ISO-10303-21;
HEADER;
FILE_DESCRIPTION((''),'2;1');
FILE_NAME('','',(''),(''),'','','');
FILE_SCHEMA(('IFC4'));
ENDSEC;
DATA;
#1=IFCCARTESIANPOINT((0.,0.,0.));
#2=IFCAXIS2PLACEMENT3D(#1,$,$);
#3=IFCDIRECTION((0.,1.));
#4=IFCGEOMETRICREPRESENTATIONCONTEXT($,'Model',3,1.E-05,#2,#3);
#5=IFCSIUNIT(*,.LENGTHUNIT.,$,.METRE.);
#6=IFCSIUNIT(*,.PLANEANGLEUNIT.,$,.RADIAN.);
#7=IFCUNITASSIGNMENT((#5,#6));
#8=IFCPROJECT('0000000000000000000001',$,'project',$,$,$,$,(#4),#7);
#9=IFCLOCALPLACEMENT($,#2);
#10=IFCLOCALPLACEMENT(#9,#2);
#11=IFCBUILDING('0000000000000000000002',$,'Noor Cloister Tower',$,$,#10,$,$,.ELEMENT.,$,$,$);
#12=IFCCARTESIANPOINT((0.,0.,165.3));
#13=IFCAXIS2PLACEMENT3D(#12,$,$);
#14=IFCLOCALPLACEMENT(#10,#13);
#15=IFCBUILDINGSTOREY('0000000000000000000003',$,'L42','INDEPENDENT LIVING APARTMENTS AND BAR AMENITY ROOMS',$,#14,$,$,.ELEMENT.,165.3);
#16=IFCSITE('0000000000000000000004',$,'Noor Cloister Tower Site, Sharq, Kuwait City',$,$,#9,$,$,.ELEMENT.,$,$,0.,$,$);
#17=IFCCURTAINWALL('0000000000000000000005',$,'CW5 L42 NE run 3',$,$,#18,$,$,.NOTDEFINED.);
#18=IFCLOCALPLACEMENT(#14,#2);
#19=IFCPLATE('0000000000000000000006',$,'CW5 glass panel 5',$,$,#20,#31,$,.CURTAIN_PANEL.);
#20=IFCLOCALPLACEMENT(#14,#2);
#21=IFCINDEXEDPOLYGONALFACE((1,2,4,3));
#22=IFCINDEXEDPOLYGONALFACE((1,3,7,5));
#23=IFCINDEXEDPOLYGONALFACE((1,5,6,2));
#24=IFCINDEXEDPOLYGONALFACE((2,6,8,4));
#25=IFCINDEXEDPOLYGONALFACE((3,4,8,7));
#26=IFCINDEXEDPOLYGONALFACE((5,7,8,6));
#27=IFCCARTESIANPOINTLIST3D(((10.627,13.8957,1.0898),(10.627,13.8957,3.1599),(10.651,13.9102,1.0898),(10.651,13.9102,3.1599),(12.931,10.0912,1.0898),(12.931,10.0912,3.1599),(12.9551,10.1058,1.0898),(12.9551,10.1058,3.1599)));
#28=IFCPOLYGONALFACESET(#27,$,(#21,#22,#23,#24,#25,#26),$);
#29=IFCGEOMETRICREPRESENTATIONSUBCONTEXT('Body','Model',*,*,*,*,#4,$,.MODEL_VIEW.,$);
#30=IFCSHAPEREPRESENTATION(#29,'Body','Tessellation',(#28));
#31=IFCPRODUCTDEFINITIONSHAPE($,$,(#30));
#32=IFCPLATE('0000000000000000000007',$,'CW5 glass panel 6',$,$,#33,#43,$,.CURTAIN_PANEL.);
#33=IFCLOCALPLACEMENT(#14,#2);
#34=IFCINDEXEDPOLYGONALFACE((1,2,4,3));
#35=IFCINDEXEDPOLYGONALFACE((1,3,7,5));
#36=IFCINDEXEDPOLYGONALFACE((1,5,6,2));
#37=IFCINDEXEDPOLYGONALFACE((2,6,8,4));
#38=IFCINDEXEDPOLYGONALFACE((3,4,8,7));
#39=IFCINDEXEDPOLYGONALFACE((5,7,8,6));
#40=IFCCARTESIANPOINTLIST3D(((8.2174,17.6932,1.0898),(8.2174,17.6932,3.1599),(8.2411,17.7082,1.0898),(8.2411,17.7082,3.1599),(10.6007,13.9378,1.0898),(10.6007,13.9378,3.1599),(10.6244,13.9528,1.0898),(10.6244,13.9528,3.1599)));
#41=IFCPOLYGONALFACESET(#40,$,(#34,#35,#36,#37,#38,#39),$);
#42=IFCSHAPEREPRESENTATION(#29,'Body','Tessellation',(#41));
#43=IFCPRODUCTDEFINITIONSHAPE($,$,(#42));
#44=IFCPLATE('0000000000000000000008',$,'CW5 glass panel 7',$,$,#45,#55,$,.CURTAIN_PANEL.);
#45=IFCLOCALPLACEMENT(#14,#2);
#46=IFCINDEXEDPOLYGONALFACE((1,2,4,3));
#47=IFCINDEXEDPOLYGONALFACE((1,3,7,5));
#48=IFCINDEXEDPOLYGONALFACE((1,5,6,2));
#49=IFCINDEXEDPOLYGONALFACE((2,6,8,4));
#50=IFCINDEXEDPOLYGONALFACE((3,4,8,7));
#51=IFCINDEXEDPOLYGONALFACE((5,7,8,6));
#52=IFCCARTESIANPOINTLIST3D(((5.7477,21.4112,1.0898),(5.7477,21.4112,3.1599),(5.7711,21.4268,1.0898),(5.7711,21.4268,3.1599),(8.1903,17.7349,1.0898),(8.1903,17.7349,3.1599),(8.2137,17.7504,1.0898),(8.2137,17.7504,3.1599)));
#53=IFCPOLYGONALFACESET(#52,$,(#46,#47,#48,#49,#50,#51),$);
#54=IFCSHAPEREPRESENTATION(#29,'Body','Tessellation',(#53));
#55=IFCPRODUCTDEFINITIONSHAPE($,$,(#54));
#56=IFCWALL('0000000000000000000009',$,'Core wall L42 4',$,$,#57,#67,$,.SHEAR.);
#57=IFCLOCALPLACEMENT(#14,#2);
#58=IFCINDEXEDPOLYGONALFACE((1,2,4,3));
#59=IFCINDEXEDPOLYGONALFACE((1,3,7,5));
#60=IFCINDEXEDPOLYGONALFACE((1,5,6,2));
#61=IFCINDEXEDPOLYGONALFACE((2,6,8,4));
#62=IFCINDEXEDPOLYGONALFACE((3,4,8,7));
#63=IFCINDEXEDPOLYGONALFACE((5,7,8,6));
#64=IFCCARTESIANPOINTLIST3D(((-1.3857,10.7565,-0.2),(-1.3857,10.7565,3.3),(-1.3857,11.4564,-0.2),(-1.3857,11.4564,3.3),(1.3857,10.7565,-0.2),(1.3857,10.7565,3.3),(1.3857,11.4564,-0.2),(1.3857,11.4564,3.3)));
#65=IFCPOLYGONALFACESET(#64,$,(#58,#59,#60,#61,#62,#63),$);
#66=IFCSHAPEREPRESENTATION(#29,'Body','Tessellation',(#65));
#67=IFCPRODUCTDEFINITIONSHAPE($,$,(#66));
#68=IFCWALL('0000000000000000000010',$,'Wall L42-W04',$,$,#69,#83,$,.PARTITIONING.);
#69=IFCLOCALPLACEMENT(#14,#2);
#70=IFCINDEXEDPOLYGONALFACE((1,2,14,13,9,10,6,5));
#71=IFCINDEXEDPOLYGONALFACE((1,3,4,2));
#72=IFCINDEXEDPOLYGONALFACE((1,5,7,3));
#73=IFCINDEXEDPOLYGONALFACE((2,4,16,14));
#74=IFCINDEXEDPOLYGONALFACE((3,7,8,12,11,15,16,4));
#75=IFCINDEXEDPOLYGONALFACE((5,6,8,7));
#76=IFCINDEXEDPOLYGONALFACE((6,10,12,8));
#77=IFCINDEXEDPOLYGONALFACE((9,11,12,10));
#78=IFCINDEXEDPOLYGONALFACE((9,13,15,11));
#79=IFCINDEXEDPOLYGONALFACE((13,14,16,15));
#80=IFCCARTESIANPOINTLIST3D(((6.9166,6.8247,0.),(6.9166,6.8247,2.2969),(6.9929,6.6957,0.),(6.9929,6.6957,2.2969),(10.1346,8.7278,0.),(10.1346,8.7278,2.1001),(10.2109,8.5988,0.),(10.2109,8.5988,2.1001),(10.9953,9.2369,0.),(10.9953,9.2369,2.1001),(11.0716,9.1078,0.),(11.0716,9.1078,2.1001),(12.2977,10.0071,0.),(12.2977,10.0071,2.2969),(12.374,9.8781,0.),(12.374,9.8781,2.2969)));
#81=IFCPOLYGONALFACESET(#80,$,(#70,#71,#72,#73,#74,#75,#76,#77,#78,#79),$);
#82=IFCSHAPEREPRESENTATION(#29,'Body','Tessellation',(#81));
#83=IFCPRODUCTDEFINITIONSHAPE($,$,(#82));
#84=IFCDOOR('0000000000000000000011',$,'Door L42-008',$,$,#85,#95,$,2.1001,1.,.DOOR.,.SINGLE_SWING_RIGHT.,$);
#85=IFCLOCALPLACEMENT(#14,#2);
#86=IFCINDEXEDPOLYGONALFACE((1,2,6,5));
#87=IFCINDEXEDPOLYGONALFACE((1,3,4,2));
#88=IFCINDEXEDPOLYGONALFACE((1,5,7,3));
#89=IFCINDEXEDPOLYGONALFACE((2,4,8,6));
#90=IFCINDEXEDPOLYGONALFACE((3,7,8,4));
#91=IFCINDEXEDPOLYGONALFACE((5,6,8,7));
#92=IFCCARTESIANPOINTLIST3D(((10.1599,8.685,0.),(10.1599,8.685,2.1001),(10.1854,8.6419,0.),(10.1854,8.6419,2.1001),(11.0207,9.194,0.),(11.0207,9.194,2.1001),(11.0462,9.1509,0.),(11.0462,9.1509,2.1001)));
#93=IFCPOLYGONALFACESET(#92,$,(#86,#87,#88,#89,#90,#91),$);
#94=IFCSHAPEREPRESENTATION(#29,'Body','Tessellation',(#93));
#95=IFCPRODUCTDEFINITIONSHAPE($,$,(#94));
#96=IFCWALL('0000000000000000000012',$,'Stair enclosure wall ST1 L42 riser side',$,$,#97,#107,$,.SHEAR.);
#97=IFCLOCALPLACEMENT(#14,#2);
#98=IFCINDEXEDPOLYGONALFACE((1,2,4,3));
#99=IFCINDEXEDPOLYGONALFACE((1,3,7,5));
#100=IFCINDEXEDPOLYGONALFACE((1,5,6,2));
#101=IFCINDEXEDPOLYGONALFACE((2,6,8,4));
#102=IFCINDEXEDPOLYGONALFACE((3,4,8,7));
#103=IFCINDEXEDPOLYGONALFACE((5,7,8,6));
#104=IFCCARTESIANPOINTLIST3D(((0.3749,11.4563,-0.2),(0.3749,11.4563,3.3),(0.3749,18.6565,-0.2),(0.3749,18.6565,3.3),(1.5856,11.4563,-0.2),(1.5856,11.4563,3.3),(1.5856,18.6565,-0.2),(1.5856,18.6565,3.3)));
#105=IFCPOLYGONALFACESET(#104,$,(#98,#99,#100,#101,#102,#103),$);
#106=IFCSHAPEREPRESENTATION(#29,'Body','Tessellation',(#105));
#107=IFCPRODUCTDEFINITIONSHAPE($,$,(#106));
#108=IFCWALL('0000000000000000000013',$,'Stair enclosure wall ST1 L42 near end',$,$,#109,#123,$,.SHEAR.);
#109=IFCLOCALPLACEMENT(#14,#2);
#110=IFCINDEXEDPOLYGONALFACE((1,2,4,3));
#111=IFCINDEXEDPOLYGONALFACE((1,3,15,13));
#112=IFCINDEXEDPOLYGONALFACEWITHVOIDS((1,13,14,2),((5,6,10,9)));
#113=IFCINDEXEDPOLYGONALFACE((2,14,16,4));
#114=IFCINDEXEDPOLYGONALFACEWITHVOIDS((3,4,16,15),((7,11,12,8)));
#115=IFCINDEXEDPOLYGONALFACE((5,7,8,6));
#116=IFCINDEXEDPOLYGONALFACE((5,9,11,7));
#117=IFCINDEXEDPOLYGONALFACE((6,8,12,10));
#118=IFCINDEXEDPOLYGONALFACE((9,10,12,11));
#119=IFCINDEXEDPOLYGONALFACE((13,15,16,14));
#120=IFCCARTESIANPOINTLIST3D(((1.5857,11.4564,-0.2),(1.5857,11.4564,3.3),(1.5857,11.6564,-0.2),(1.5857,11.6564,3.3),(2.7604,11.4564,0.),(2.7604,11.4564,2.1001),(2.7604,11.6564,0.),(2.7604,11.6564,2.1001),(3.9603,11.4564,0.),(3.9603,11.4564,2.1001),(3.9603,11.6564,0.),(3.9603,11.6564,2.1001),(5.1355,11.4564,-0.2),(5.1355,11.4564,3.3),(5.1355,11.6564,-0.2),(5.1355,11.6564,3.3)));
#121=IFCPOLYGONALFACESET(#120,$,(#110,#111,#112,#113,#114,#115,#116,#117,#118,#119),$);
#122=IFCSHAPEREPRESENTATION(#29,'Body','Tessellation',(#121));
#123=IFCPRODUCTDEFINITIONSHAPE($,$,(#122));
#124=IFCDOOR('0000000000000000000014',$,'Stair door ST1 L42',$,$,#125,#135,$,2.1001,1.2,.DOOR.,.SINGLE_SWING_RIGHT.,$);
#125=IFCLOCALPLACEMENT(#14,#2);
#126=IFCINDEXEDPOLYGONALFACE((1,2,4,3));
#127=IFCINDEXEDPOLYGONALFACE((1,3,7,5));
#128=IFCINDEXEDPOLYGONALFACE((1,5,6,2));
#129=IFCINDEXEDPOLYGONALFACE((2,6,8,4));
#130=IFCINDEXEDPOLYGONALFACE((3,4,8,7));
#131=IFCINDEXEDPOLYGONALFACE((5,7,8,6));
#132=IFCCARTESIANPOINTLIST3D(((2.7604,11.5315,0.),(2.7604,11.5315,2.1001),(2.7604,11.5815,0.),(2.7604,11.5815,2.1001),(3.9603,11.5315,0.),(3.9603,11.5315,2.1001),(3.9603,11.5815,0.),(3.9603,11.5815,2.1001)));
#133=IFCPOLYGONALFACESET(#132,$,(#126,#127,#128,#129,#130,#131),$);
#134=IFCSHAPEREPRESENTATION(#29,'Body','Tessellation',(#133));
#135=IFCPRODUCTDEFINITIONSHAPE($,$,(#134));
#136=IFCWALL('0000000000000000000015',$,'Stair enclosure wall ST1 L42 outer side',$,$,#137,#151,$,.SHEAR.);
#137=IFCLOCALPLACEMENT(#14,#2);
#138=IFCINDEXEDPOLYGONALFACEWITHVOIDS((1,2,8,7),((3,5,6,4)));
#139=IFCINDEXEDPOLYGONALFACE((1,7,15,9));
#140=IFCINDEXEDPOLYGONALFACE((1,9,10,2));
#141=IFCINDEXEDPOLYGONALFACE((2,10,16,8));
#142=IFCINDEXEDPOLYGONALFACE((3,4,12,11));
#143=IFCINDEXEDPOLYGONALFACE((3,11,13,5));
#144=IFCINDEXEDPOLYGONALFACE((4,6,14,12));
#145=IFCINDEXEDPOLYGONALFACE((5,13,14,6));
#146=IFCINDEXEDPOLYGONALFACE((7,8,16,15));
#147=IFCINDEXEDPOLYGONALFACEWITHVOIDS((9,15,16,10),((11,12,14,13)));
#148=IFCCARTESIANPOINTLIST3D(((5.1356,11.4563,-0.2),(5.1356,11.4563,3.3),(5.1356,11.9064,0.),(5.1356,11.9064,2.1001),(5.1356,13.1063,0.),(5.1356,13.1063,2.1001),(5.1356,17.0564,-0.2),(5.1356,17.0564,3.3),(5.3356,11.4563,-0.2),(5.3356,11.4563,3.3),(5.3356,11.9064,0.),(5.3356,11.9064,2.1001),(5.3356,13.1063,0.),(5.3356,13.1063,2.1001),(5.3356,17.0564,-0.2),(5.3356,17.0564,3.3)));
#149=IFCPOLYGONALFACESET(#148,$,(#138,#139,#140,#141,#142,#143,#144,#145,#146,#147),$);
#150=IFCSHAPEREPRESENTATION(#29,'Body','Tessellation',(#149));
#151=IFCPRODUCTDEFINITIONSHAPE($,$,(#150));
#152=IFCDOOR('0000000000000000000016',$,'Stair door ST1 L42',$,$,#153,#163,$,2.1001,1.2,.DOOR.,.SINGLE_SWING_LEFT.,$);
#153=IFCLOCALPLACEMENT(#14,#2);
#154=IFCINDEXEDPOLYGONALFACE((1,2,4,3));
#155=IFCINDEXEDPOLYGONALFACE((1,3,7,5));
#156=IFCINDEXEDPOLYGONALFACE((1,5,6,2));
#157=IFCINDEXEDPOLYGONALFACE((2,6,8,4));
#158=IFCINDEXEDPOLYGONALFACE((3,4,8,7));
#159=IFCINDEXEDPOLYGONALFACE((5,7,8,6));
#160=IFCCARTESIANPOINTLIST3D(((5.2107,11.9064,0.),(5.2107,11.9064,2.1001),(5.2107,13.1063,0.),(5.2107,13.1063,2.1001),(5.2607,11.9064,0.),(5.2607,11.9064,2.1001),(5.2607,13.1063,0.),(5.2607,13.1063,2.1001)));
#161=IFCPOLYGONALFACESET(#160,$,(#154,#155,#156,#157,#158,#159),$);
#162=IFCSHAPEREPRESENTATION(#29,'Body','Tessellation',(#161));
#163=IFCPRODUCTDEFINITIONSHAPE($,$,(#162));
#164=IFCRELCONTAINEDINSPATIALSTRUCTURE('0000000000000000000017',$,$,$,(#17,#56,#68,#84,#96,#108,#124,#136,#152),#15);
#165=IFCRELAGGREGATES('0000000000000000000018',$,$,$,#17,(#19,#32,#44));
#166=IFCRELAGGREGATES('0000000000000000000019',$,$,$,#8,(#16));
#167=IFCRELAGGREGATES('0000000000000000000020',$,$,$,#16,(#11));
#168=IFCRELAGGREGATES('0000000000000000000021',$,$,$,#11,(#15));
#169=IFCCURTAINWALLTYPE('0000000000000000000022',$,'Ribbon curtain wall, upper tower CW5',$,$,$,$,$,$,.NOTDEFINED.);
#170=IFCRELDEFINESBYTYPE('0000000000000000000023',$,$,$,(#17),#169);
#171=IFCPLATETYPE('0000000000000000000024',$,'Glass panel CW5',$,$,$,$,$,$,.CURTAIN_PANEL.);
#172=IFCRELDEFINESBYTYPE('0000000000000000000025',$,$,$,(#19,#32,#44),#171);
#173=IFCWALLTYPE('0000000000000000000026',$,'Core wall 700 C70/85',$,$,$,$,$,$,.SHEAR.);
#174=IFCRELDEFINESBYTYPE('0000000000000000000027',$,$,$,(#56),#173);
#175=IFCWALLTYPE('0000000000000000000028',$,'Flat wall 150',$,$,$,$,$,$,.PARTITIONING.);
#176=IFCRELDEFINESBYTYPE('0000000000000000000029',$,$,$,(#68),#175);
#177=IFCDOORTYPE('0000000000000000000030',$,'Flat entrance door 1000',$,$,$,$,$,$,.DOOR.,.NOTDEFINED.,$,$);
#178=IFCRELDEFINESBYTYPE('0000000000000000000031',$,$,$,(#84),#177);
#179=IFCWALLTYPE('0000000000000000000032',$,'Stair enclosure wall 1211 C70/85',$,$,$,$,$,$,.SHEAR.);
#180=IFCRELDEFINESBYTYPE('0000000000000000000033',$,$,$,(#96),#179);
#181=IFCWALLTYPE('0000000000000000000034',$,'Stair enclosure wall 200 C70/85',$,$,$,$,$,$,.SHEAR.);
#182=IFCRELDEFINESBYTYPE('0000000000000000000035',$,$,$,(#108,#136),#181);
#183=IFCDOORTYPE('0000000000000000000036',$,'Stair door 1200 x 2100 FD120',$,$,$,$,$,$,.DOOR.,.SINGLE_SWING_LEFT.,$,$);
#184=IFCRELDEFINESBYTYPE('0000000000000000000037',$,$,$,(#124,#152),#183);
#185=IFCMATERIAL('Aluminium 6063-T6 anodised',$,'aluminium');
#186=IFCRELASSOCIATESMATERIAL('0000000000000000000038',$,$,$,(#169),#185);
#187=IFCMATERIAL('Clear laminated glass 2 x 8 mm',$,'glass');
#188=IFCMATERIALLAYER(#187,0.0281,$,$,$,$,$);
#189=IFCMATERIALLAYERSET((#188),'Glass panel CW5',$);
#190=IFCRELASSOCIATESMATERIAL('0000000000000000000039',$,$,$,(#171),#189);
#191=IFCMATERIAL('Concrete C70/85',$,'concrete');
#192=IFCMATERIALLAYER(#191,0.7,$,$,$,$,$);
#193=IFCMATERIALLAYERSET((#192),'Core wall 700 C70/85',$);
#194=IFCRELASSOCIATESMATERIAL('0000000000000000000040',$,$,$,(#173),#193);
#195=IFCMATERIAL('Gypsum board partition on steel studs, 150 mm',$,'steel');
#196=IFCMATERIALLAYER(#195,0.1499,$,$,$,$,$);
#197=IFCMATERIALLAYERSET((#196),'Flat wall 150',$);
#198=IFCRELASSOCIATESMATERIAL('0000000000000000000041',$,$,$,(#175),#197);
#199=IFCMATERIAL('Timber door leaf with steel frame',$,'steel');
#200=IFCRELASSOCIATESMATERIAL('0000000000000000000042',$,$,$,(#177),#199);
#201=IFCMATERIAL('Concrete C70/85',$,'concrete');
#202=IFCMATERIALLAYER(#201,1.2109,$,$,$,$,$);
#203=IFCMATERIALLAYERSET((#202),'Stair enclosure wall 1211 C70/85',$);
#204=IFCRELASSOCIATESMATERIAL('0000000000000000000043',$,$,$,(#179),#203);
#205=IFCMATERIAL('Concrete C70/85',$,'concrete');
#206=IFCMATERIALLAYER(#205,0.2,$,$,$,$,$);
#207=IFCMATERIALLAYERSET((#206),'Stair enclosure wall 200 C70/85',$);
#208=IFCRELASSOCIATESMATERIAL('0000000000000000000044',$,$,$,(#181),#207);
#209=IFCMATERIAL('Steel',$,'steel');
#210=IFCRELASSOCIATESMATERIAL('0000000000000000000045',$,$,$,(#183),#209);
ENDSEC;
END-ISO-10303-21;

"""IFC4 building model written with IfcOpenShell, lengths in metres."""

from ifc_helpers import new_model, si_unit, direction, frame, frame_2d, origin, origin_2d, place, context, subcontext, project, spatial, rectangle, extrude, material, layer, layer_set, type_object, element, fill, aggregate, save


model = new_model("IFC4")

# Units and contexts
model_context = context("Model", 3, precision=1e-05, world=origin(), true_north=direction((0.0, 1.0)))
body_context = subcontext(model_context, "Body", "Model", "MODEL_VIEW")
ifc_project = project(units=[si_unit("LENGTHUNIT", "METRE"), si_unit("PLANEANGLEUNIT", "RADIAN")], contexts=[model_context])

# Site, building, storey
site_placement = place(None, origin())
site = spatial("IfcSite", under=ifc_project, at=site_placement, Name="Noor Cloister Tower Site, Sharq, Kuwait City", CompositionType="ELEMENT", RefElevation=0.0)
building_placement = place(site_placement, origin())
building = spatial("IfcBuilding", under=site, at=building_placement, Name="Noor Cloister Tower", CompositionType="ELEMENT")
storey_placement = place(building_placement, frame((0.0, 0.0, 165.3)))
storey = spatial("IfcBuildingStorey", under=building, at=storey_placement, Name="L42", Description="INDEPENDENT LIVING APARTMENTS AND BAR AMENITY ROOMS", CompositionType="ELEMENT", Elevation=165.3)

# Curtain wall
ifc_material_1 = material(Name="Aluminium 6063-T6 anodised", Category="aluminium")
curtain_wall_type = type_object("IfcCurtainWallType", Name="Ribbon curtain wall, upper tower CW5", PredefinedType="NOTDEFINED", material=ifc_material_1)
curtain_wall_placement = place(storey_placement, origin())
curtain_wall = element("IfcCurtainWall", 1, at=curtain_wall_placement, inside=storey, type_object=curtain_wall_type, Name="CW5 L42 NE run 3", PredefinedType="NOTDEFINED")

# Plates
ifc_material_2 = material(Name="Clear laminated glass 2 x 8 mm", Category="glass")
ifc_layer_1 = layer(ifc_material_2, 0.0281)
ifc_layer_set_1 = layer_set([ifc_layer_1], Name="Glass panel CW5")
plate_type = type_object("IfcPlateType", Name="Glass panel CW5", PredefinedType="CURTAIN_PANEL", material=ifc_layer_set_1)
plate_1_placement = place(storey_placement, frame((11.791, 12.0007, 1.0898), z_axis=(0.0, 0.0, 1.0), x_axis=(-0.518029, 0.855363, 0.0)))
plate_1 = element("IfcPlate", 2, at=plate_1_placement, type_object=plate_type, Name="CW5 glass panel 5", PredefinedType="CURTAIN_PANEL", context=body_context, shape_type="SweptSolid", body=[
    extrude(rectangle(XDim=4.4478, YDim=0.0281, at=origin_2d()), origin(), (0.0, 0.0, 1.0), 2.0701),
])
plate_2_placement = place(storey_placement, frame((9.4209, 15.823, 1.0898), z_axis=(0.0, 0.0, 1.0), x_axis=(-0.535831, 0.844325, 0.0)))
plate_2 = element("IfcPlate", 3, at=plate_2_placement, type_object=plate_type, Name="CW5 glass panel 6", PredefinedType="CURTAIN_PANEL", context=body_context, shape_type="SweptSolid", body=[
    extrude(rectangle(XDim=4.4478, YDim=0.0281, at=origin_2d()), origin(), (0.0, 0.0, 1.0), 2.0701),
])
plate_3_placement = place(storey_placement, frame((6.9807, 19.5808, 1.0898), z_axis=(0.0, 0.0, 1.0), x_axis=(-0.553398, 0.832917, 0.0)))
plate_3 = element("IfcPlate", 4, at=plate_3_placement, type_object=plate_type, Name="CW5 glass panel 7", PredefinedType="CURTAIN_PANEL", context=body_context, shape_type="SweptSolid", body=[
    extrude(rectangle(XDim=4.4138, YDim=0.0281, at=origin_2d()), origin(), (0.0, 0.0, 1.0), 2.0701),
])
aggregate(curtain_wall, [plate_1, plate_2, plate_3])

# Wall
ifc_material_3 = material(Name="Concrete C70/85", Category="concrete")
ifc_layer_2 = layer(ifc_material_3, 0.7)
ifc_layer_set_2 = layer_set([ifc_layer_2], Name="Core wall 700 C70/85")
wall_type_1 = type_object("IfcWallType", Name="Core wall 700 C70/85", PredefinedType="SHEAR", material=ifc_layer_set_2)
wall_1_placement = place(storey_placement, frame((1.3857, 11.1064, -0.2), z_axis=(0.0, 0.0, 1.0), x_axis=(-1.0, 0.0, 0.0)))
element("IfcWall", 5, at=wall_1_placement, inside=storey, type_object=wall_type_1, Name="Core wall L42 4", PredefinedType="SHEAR", context=body_context, shape_type="SweptSolid", body=[
    extrude(rectangle(XDim=2.7715, YDim=0.7, at=frame_2d((1.3857, 0.0))), origin(), (0.0, 0.0, 1.0), 3.5),
])

# Wall, opening, door
ifc_material_4 = material(Name="Gypsum board partition on steel studs, 150 mm", Category="steel")
ifc_layer_3 = layer(ifc_material_4, 0.1499)
ifc_layer_set_3 = layer_set([ifc_layer_3], Name="Flat wall 150")
wall_type_2 = type_object("IfcWallType", Name="Flat wall 150", PredefinedType="PARTITIONING", material=ifc_layer_set_3)
wall_2_placement = place(storey_placement, frame((12.3359, 9.9426, 0.0), z_axis=(0.0, 0.0, 1.0), x_axis=(-0.860742, -0.509041, 0.0)))
wall_2 = element("IfcWall", 6, at=wall_2_placement, inside=storey, type_object=wall_type_2, Name="Wall L42-W04", PredefinedType="PARTITIONING", context=body_context, shape_type="SweptSolid", body=[
    extrude(rectangle(XDim=6.2517, YDim=0.1499, at=frame_2d((3.126, 0.0))), origin(), (0.0, 0.0, 1.0), 2.2969),
])
opening_1_placement = place(wall_2_placement, frame((1.5132, 0.0, 0.0)))
opening_1 = element("IfcOpeningElement", 7, at=opening_1_placement, cuts=wall_2, PredefinedType="OPENING", context=body_context, shape_type="SweptSolid", body=[
    extrude(rectangle(XDim=1.0, YDim=2.1001, at=frame_2d((0.5, 1.05))), frame((0.0, 0.085, 0.0), z_axis=(0.0, -1.0, 0.0), x_axis=(1.0, 0.0, 0.0)), (0.0, 0.0, 1.0), 0.1699),
])
ifc_material_5 = material(Name="Timber door leaf with steel frame", Category="steel")
door_type_1 = type_object("IfcDoorType", Name="Flat entrance door 1000", OperationType="NOTDEFINED", PredefinedType="DOOR", material=ifc_material_5)
door_1_placement = place(opening_1_placement, origin())
door_1 = element("IfcDoor", 8, at=door_1_placement, inside=storey, type_object=door_type_1, Name="Door L42-008", OperationType="SINGLE_SWING_RIGHT", OverallHeight=2.1001, OverallWidth=1.0, PredefinedType="DOOR", context=body_context, shape_type="SweptSolid", body=[
    extrude(rectangle(XDim=1.0, YDim=2.1001, at=frame_2d((0.5, 1.05))), frame((0.0, 0.0249, 0.0), z_axis=(0.0, -1.0, 0.0), x_axis=(1.0, 0.0, 0.0)), (0.0, 0.0, 1.0), 0.05),
])
fill(opening_1, door_1)

# Wall
ifc_material_6 = material(Name="Concrete C70/85", Category="concrete")
ifc_layer_4 = layer(ifc_material_6, 1.2109)
ifc_layer_set_4 = layer_set([ifc_layer_4], Name="Stair enclosure wall 1211 C70/85")
wall_type_3 = type_object("IfcWallType", Name="Stair enclosure wall 1211 C70/85", PredefinedType="SHEAR", material=ifc_layer_set_4)
wall_3_placement = place(storey_placement, frame((0.9802, 11.4563, -0.2), z_axis=(0.0, 0.0, 1.0), x_axis=(0.0, 1.0, 0.0)))
element("IfcWall", 9, at=wall_3_placement, inside=storey, type_object=wall_type_3, Name="Stair enclosure wall ST1 L42 riser side", PredefinedType="SHEAR", context=body_context, shape_type="SweptSolid", body=[
    extrude(rectangle(XDim=7.2002, YDim=1.2107, at=frame_2d((3.6001, 0.0))), origin(), (0.0, 0.0, 1.0), 3.5),
])

# Walls, openings, doors
ifc_material_7 = material(Name="Concrete C70/85", Category="concrete")
ifc_layer_5 = layer(ifc_material_7, 0.2)
ifc_layer_set_5 = layer_set([ifc_layer_5], Name="Stair enclosure wall 200 C70/85")
wall_type_4 = type_object("IfcWallType", Name="Stair enclosure wall 200 C70/85", PredefinedType="SHEAR", material=ifc_layer_set_5)
wall_4_placement = place(storey_placement, frame((5.1355, 11.5564, -0.2), z_axis=(0.0, 0.0, 1.0), x_axis=(-1.0, 0.0, 0.0)))
wall_4 = element("IfcWall", 10, at=wall_4_placement, inside=storey, type_object=wall_type_4, Name="Stair enclosure wall ST1 L42 near end", PredefinedType="SHEAR", context=body_context, shape_type="SweptSolid", body=[
    extrude(rectangle(XDim=3.5498, YDim=0.2, at=frame_2d((1.7749, 0.0))), origin(), (0.0, 0.0, 1.0), 3.5),
])
opening_2_placement = place(wall_4_placement, frame((1.175, 0.0, 0.2)))
opening_2 = element("IfcOpeningElement", 11, at=opening_2_placement, cuts=wall_4, PredefinedType="OPENING", context=body_context, shape_type="SweptSolid", body=[
    extrude(rectangle(XDim=1.2, YDim=2.1001, at=frame_2d((0.6001, 1.05))), frame((0.0, 0.1099, 0.0), z_axis=(0.0, -1.0, 0.0), x_axis=(1.0, 0.0, 0.0)), (0.0, 0.0, 1.0), 0.22),
])
ifc_material_8 = material(Name="Steel", Category="steel")
door_type_2 = type_object("IfcDoorType", Name="Stair door 1200 x 2100 FD120", OperationType="SINGLE_SWING_LEFT", PredefinedType="DOOR", material=ifc_material_8)
door_2_placement = place(opening_2_placement, origin())
door_2 = element("IfcDoor", 12, at=door_2_placement, inside=storey, type_object=door_type_2, Name="Stair door ST1 L42", OperationType="SINGLE_SWING_RIGHT", OverallHeight=2.1001, OverallWidth=1.2, PredefinedType="DOOR", context=body_context, shape_type="SweptSolid", body=[
    extrude(rectangle(XDim=1.2, YDim=2.1001, at=frame_2d((0.6001, 1.05))), frame((0.0, 0.0249, 0.0), z_axis=(0.0, -1.0, 0.0), x_axis=(1.0, 0.0, 0.0)), (0.0, 0.0, 1.0), 0.05),
])
fill(opening_2, door_2)
wall_5_placement = place(storey_placement, frame((5.2356, 11.4563, -0.2), z_axis=(0.0, 0.0, 1.0), x_axis=(0.0, 1.0, 0.0)))
wall_5 = element("IfcWall", 13, at=wall_5_placement, inside=storey, type_object=wall_type_4, Name="Stair enclosure wall ST1 L42 outer side", PredefinedType="SHEAR", context=body_context, shape_type="SweptSolid", body=[
    extrude(rectangle(XDim=5.6001, YDim=0.2, at=frame_2d((2.8, 0.0))), origin(), (0.0, 0.0, 1.0), 3.5),
])
opening_3_placement = place(wall_5_placement, frame((0.45, 0.0, 0.2)))
opening_3 = element("IfcOpeningElement", 14, at=opening_3_placement, cuts=wall_5, PredefinedType="OPENING", context=body_context, shape_type="SweptSolid", body=[
    extrude(rectangle(XDim=1.2, YDim=2.1001, at=frame_2d((0.6001, 1.05))), frame((0.0, 0.1099, 0.0), z_axis=(0.0, -1.0, 0.0), x_axis=(1.0, 0.0, 0.0)), (0.0, 0.0, 1.0), 0.22),
])
door_3_placement = place(opening_3_placement, origin())
door_3 = element("IfcDoor", 15, at=door_3_placement, inside=storey, type_object=door_type_2, Name="Stair door ST1 L42", OperationType="SINGLE_SWING_LEFT", OverallHeight=2.1001, OverallWidth=1.2, PredefinedType="DOOR", context=body_context, shape_type="SweptSolid", body=[
    extrude(rectangle(XDim=1.2, YDim=2.1001, at=frame_2d((0.6001, 1.05))), frame((0.0, 0.0249, 0.0), z_axis=(0.0, -1.0, 0.0), x_axis=(1.0, 0.0, 0.0)), (0.0, 0.0, 1.0), 0.05),
])
fill(opening_3, door_3)

save(model, "model.ifc")
